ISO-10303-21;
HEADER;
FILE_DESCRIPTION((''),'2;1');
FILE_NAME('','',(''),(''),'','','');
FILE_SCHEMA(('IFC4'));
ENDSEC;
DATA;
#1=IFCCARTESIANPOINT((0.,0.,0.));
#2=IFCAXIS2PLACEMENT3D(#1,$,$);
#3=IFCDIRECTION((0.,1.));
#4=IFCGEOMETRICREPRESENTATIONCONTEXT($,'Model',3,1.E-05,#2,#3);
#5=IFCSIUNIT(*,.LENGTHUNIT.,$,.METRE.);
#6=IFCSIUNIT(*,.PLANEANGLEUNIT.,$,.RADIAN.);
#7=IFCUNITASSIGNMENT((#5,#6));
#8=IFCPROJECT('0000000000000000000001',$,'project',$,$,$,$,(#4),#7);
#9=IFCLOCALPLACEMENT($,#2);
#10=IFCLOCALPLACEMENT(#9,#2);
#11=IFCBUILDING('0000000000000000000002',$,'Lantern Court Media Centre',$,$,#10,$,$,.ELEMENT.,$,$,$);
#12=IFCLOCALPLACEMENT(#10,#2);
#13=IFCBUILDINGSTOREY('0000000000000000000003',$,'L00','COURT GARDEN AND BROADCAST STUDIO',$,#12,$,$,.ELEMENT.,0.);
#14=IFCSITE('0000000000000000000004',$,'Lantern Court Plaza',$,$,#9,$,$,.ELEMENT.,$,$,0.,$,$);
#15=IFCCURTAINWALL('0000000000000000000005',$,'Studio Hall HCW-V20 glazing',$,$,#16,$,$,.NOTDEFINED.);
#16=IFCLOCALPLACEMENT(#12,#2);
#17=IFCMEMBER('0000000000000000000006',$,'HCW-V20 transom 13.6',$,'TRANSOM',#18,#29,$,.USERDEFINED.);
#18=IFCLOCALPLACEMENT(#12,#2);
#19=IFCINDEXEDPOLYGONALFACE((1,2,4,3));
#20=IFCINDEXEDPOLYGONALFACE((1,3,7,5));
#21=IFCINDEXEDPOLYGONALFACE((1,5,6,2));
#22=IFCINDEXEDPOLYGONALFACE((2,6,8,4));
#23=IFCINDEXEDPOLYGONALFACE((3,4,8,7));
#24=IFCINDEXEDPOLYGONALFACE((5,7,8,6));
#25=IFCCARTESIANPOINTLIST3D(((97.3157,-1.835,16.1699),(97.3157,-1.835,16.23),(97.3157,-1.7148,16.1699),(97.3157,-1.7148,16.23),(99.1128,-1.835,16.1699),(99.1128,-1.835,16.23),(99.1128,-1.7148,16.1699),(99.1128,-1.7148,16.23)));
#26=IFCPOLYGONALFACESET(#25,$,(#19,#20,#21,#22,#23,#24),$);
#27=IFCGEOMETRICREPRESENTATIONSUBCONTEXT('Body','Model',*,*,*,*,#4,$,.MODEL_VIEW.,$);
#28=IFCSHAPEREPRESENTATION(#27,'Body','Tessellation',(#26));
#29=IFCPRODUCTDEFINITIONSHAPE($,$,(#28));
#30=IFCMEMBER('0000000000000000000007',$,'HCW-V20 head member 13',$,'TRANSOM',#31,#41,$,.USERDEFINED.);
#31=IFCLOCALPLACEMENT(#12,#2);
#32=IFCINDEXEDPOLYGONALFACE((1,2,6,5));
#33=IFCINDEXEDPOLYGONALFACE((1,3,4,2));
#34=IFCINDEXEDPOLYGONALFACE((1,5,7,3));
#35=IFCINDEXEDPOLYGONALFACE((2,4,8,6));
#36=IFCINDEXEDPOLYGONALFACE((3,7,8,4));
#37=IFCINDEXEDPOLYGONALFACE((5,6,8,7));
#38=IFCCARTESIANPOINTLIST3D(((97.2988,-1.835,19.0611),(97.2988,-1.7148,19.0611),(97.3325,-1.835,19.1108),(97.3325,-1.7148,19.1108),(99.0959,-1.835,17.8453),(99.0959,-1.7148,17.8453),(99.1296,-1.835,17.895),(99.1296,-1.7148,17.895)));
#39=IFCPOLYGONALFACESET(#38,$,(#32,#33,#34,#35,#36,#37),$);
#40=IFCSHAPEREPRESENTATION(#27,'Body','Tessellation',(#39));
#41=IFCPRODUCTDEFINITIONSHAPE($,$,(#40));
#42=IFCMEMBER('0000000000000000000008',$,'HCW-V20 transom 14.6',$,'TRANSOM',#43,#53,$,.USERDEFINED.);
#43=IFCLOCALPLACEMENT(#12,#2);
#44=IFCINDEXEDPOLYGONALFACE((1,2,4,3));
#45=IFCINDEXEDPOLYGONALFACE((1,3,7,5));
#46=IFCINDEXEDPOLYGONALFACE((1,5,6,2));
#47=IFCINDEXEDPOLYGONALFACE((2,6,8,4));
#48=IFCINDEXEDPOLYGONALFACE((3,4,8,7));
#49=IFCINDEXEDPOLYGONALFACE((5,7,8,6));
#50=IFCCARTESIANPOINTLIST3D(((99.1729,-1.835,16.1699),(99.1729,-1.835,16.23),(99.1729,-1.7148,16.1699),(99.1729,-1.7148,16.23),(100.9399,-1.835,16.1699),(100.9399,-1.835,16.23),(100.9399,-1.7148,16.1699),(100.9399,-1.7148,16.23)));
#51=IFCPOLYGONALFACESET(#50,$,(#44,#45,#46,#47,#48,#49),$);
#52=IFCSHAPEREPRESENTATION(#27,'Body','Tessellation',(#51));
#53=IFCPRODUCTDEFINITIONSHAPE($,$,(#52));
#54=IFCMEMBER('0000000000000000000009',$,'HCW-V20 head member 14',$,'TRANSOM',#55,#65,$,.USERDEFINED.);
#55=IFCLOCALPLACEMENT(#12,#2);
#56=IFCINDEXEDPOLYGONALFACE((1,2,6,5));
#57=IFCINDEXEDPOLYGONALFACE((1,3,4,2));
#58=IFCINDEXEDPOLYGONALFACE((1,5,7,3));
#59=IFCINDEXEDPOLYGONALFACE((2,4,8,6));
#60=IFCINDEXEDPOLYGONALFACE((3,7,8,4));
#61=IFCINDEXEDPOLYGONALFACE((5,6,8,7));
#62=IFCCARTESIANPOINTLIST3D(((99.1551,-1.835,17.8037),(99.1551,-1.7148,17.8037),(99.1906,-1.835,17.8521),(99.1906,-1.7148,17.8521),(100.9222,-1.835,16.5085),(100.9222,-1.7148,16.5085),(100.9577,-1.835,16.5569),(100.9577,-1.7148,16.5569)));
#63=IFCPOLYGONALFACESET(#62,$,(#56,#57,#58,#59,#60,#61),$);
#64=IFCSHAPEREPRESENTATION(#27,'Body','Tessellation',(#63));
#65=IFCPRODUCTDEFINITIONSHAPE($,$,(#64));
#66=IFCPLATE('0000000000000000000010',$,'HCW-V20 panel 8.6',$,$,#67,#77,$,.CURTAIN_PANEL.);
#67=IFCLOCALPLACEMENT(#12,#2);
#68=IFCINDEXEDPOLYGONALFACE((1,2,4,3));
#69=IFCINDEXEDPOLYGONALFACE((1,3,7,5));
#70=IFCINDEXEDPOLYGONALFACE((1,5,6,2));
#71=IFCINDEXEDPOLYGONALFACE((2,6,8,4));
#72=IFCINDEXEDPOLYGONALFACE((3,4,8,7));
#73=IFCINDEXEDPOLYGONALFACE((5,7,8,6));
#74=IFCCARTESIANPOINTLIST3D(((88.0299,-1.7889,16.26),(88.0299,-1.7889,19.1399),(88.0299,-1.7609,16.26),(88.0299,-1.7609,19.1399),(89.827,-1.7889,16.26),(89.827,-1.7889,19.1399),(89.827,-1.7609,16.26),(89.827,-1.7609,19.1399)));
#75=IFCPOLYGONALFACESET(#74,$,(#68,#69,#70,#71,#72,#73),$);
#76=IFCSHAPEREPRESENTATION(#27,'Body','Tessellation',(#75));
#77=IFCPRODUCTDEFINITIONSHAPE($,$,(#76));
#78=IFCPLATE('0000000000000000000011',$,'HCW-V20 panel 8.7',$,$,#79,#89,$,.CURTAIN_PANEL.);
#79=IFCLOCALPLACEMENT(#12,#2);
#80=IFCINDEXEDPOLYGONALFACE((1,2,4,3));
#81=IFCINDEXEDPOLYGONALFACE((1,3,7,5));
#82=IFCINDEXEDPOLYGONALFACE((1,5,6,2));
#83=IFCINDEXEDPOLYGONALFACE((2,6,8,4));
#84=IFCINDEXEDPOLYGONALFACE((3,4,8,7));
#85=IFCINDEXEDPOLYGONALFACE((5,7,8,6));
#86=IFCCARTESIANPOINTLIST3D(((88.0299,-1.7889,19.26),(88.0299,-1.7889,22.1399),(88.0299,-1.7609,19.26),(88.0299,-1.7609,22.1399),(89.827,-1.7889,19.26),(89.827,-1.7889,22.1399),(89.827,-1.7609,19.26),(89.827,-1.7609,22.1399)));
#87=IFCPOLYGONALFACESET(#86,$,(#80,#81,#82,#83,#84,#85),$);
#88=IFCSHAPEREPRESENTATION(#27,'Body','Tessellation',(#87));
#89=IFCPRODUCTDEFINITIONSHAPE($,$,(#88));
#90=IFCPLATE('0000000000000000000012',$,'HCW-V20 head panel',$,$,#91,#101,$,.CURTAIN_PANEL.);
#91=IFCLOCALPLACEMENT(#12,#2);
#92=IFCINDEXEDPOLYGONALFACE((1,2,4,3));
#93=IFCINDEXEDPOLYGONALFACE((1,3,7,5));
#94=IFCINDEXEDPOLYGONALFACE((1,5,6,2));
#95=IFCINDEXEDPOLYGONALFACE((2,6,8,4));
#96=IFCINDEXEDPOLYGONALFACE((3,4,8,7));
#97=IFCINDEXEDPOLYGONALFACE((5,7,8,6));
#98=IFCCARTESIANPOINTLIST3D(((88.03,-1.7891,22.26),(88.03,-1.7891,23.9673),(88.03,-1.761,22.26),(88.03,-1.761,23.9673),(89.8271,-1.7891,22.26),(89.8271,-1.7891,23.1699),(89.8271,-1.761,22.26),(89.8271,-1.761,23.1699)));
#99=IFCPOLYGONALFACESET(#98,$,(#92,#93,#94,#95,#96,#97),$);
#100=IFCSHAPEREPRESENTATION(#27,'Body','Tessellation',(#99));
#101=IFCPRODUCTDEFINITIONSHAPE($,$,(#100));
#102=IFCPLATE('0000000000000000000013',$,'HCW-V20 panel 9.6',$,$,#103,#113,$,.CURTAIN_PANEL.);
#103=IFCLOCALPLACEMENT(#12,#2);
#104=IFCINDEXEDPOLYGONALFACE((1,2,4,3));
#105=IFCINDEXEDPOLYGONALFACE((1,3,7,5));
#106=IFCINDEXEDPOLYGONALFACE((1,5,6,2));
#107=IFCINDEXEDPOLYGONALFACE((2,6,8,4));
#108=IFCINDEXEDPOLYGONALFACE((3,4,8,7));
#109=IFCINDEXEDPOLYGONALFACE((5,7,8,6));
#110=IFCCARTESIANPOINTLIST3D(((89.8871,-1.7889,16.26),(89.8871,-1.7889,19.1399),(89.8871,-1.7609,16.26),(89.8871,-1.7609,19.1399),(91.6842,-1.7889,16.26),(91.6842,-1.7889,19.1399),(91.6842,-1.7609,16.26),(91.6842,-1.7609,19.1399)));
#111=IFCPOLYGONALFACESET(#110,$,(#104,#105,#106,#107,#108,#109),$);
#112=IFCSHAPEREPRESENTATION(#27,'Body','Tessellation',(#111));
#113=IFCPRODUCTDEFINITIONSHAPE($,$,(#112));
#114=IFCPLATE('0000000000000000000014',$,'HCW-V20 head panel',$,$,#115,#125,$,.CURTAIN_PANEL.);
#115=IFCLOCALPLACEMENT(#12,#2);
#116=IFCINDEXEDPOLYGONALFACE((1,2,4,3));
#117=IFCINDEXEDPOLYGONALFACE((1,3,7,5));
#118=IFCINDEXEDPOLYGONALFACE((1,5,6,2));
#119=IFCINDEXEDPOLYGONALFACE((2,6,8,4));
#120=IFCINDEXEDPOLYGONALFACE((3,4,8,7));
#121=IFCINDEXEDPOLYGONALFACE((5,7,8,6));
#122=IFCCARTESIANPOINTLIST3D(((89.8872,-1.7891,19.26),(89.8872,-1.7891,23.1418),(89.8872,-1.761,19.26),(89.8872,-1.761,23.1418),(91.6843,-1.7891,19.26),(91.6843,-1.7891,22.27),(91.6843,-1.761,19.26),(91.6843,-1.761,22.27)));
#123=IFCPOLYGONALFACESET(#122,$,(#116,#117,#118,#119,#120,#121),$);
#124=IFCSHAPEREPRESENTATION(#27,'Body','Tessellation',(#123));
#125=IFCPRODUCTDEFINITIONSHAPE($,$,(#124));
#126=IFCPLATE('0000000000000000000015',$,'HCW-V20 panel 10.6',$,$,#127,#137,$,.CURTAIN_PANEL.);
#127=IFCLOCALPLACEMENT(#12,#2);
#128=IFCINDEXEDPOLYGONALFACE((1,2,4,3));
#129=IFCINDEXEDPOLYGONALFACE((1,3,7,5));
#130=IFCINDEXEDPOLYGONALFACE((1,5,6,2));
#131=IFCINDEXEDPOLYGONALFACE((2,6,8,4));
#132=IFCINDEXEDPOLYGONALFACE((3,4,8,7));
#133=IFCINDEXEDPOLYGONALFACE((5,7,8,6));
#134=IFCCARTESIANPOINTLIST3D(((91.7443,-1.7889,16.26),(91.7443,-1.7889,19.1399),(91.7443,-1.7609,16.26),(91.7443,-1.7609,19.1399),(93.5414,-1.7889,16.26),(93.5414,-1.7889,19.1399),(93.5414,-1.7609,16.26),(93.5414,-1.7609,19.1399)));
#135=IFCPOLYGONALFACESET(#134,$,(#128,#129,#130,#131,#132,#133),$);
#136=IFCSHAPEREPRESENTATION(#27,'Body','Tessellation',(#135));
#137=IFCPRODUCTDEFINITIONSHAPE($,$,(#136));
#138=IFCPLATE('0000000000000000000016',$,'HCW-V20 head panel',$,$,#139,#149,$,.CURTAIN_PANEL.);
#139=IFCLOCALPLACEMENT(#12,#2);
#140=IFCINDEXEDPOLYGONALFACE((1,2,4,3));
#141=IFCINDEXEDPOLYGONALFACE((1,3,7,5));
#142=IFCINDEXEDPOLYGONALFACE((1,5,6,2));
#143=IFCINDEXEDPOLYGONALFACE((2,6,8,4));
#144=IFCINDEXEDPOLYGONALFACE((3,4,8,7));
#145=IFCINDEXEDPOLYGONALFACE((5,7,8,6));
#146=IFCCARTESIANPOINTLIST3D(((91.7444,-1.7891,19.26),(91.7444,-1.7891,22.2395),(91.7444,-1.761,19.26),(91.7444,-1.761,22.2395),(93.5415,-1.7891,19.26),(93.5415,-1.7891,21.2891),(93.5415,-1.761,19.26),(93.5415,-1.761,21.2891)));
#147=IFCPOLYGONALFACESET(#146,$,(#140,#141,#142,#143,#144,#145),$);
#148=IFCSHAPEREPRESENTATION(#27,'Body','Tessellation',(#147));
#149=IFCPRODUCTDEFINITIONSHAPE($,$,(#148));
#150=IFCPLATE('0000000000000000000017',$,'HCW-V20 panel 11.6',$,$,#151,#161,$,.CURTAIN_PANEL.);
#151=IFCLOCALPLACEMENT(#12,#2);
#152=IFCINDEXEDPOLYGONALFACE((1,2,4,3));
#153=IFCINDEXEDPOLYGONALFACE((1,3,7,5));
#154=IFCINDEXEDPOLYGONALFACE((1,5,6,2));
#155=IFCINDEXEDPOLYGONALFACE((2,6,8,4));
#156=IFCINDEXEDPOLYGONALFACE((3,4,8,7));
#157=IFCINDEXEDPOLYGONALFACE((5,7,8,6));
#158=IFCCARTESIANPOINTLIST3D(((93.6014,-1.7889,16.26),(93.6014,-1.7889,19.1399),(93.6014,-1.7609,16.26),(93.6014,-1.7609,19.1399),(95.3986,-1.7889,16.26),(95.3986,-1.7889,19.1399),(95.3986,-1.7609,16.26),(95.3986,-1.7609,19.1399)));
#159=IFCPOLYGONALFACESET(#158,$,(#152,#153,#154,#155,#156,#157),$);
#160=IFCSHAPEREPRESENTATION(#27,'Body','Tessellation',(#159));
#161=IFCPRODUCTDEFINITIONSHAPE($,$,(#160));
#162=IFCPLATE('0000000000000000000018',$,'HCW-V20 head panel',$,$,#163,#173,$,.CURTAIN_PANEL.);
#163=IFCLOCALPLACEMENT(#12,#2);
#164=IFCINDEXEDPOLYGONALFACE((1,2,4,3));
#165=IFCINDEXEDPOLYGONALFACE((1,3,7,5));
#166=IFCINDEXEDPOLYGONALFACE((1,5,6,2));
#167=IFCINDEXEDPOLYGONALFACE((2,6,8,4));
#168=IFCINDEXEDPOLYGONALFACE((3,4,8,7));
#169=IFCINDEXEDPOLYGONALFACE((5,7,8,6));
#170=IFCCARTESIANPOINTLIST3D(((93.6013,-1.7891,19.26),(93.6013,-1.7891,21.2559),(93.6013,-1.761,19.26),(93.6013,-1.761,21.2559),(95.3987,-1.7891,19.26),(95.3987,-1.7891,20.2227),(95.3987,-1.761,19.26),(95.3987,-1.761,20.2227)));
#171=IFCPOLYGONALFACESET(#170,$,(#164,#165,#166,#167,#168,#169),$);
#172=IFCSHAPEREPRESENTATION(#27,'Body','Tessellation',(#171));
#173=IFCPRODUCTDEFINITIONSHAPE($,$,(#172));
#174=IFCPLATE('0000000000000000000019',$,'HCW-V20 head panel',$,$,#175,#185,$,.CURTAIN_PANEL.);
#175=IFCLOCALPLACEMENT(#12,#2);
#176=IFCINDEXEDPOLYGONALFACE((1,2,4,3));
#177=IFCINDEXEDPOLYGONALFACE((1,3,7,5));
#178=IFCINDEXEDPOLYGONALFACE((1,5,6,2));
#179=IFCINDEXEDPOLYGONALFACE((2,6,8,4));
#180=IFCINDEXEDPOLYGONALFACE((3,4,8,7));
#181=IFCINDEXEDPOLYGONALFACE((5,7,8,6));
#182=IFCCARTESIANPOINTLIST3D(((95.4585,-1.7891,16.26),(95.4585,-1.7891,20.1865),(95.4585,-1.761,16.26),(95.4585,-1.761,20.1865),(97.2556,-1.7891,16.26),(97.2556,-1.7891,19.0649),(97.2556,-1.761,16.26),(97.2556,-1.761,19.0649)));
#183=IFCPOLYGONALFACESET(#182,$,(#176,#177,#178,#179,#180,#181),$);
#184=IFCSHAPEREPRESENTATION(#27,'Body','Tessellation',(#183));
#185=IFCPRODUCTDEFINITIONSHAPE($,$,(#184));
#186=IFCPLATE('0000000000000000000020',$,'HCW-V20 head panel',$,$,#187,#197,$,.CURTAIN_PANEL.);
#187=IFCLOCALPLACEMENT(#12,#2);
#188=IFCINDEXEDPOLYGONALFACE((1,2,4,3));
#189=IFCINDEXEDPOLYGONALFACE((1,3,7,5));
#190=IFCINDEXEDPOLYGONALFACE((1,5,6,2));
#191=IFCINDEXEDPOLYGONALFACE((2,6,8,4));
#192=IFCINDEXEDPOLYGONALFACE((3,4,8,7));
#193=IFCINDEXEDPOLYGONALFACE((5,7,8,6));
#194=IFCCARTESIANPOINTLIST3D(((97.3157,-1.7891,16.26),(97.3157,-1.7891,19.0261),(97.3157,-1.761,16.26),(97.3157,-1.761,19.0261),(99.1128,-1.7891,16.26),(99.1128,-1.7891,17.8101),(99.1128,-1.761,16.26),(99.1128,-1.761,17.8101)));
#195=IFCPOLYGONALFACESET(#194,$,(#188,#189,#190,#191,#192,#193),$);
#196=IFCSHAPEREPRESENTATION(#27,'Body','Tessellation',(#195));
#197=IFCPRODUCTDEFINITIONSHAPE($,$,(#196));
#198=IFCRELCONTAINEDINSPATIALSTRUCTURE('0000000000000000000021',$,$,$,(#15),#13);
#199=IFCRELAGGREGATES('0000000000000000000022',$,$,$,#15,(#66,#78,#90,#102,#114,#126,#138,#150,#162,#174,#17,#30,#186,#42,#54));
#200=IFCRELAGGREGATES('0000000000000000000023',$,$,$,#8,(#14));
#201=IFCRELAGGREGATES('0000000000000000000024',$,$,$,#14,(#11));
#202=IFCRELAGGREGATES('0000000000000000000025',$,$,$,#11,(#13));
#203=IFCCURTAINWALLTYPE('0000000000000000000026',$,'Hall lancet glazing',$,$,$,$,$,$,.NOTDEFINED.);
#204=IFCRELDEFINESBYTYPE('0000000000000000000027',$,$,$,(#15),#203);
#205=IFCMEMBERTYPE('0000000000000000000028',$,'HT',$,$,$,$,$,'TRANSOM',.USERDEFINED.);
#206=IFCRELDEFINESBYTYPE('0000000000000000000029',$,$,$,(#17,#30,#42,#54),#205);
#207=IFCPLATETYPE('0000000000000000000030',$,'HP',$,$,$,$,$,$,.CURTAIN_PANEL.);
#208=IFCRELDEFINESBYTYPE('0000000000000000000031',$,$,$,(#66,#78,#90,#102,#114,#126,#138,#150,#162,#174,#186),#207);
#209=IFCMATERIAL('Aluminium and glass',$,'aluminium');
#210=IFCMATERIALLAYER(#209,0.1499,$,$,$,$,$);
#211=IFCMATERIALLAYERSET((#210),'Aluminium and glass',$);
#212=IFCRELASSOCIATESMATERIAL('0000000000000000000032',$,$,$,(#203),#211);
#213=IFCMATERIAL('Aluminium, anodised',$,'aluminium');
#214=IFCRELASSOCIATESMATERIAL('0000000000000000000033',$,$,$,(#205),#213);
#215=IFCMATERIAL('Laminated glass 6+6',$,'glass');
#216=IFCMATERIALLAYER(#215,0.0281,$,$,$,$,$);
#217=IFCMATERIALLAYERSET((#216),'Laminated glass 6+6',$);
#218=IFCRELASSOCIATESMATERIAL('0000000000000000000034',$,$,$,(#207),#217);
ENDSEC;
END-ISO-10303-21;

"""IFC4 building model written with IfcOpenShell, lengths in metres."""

from ifc_helpers import new_model, si_unit, direction, frame, origin, origin_2d, place, context, subcontext, project, spatial, polyline, rectangle, outline, extrude, material, layer, layer_set, material_profile, profile_set, type_object, element, aggregate, save


model = new_model("IFC4")

# Units and contexts
model_context = context("Model", 3, precision=1e-05, world=origin(), true_north=direction((0.0, 1.0)))
body_context = subcontext(model_context, "Body", "Model", "MODEL_VIEW")
ifc_project = project(units=[si_unit("LENGTHUNIT", "METRE"), si_unit("PLANEANGLEUNIT", "RADIAN")], contexts=[model_context])

# Site, building, storey
site_placement = place(None, origin())
site = spatial("IfcSite", under=ifc_project, at=site_placement, Name="Lantern Court Plaza", CompositionType="ELEMENT", RefElevation=0.0)
building_placement = place(site_placement, origin())
building = spatial("IfcBuilding", under=site, at=building_placement, Name="Lantern Court Media Centre", CompositionType="ELEMENT")
storey_placement = place(building_placement, origin())
storey = spatial("IfcBuildingStorey", under=building, at=storey_placement, Name="L00", Description="COURT GARDEN AND BROADCAST STUDIO", CompositionType="ELEMENT", Elevation=0.0)

# Curtain wall, members, plates
ifc_material_1 = material(Name="Aluminium and glass", Category="aluminium")
ifc_layer_1 = layer(ifc_material_1, 0.1499)
ifc_layer_set_1 = layer_set([ifc_layer_1], Name="Aluminium and glass")
curtain_wall_type = type_object("IfcCurtainWallType", Name="Hall lancet glazing", PredefinedType="NOTDEFINED", material=ifc_layer_set_1)
curtain_wall_placement = place(storey_placement, origin())
curtain_wall = element("IfcCurtainWall", 1, at=curtain_wall_placement, inside=storey, type_object=curtain_wall_type, Name="Studio Hall HCW-V20 glazing", PredefinedType="NOTDEFINED")
ifc_material_2 = material(Name="Aluminium, anodised", Category="aluminium")
ifc_material_profile = material_profile(ifc_material_2, rectangle(XDim=0.1201, YDim=0.0601, at=origin_2d()), Name="HT")
ifc_profile_set = profile_set([ifc_material_profile], Name="Aluminium, anodised")
member_type = type_object("IfcMemberType", Name="HT", ElementType="TRANSOM", PredefinedType="USERDEFINED", material=ifc_profile_set)
member_1_placement = place(storey_placement, frame((97.3157, -1.7749, 16.2), z_axis=(1.0, 0.0, 0.0), x_axis=(0.0, 1.0, 0.0)))
member_1 = element("IfcMember", 2, at=member_1_placement, type_object=member_type, Name="HCW-V20 transom 13.6", ObjectType="TRANSOM", PredefinedType="USERDEFINED", context=body_context, shape_type="SweptSolid", body=[
    extrude(rectangle(XDim=0.1201, YDim=0.0601, at=origin_2d()), origin(), (0.0, 0.0, 1.0), 1.7971),
])
member_2_placement = place(storey_placement, frame((97.3157, -1.7749, 19.0859), z_axis=(0.828257, 0.0, -0.560348), x_axis=(0.0, 1.0, 0.0)))
member_2 = element("IfcMember", 3, at=member_2_placement, type_object=member_type, Name="HCW-V20 head member 13", ObjectType="TRANSOM", PredefinedType="USERDEFINED", context=body_context, shape_type="SweptSolid", body=[
    extrude(rectangle(XDim=0.1201, YDim=0.0601, at=origin_2d()), origin(), (0.0, 0.0, 1.0), 2.1697),
])
member_3_placement = place(storey_placement, frame((99.1729, -1.7749, 16.2), z_axis=(1.0, 0.0, 0.0), x_axis=(0.0, 1.0, 0.0)))
member_3 = element("IfcMember", 4, at=member_3_placement, type_object=member_type, Name="HCW-V20 transom 14.6", ObjectType="TRANSOM", PredefinedType="USERDEFINED", context=body_context, shape_type="SweptSolid", body=[
    extrude(rectangle(XDim=0.1201, YDim=0.0601, at=origin_2d()), origin(), (0.0, 0.0, 1.0), 1.7671),
])
member_4_placement = place(storey_placement, frame((99.1729, -1.7749, 17.8279), z_axis=(0.806557, 0.0, -0.591156), x_axis=(0.0, 1.0, 0.0)))
member_4 = element("IfcMember", 5, at=member_4_placement, type_object=member_type, Name="HCW-V20 head member 14", ObjectType="TRANSOM", PredefinedType="USERDEFINED", context=body_context, shape_type="SweptSolid", body=[
    extrude(rectangle(XDim=0.1201, YDim=0.0601, at=origin_2d()), origin(), (0.0, 0.0, 1.0), 2.1909),
])
ifc_material_3 = material(Name="Laminated glass 6+6", Category="glass")
ifc_layer_2 = layer(ifc_material_3, 0.0281)
ifc_layer_set_2 = layer_set([ifc_layer_2], Name="Laminated glass 6+6")
plate_type = type_object("IfcPlateType", Name="HP", PredefinedType="CURTAIN_PANEL", material=ifc_layer_set_2)
plate_1_placement = place(storey_placement, frame((88.9285, -1.7749, 16.26), z_axis=(0.0, 0.0, 1.0), x_axis=(1.0, 0.0, 0.0)))
plate_1 = element("IfcPlate", 6, at=plate_1_placement, type_object=plate_type, Name="HCW-V20 panel 8.6", PredefinedType="CURTAIN_PANEL", context=body_context, shape_type="SweptSolid", body=[
    extrude(rectangle(XDim=1.7971, YDim=0.0281, at=origin_2d()), origin(), (0.0, 0.0, 1.0), 2.8799),
])
plate_2_placement = place(storey_placement, frame((88.9285, -1.7749, 19.26), z_axis=(0.0, 0.0, 1.0), x_axis=(1.0, 0.0, 0.0)))
plate_2 = element("IfcPlate", 7, at=plate_2_placement, type_object=plate_type, Name="HCW-V20 panel 8.7", PredefinedType="CURTAIN_PANEL", context=body_context, shape_type="SweptSolid", body=[
    extrude(rectangle(XDim=1.7971, YDim=0.0281, at=origin_2d()), origin(), (0.0, 0.0, 1.0), 2.8799),
])
plate_3_placement = place(storey_placement, frame((88.03, -1.7891, 22.26), z_axis=(0.0, -1.0, 0.0), x_axis=(1.0, 0.0, 0.0)))
plate_3 = element("IfcPlate", 8, at=plate_3_placement, type_object=plate_type, Name="HCW-V20 head panel", PredefinedType="CURTAIN_PANEL", context=body_context, shape_type="SweptSolid", body=[
    extrude(outline(polyline([(0.0, 0.0), (1.7971, 0.0), (1.7971, 0.9099), (0.0, 1.7073), (0.0, 0.0)])), origin(), (0.0, 0.0, -1.0), 0.0281),
])
plate_4_placement = place(storey_placement, frame((90.7856, -1.7749, 16.26), z_axis=(0.0, 0.0, 1.0), x_axis=(1.0, 0.0, 0.0)))
plate_4 = element("IfcPlate", 9, at=plate_4_placement, type_object=plate_type, Name="HCW-V20 panel 9.6", PredefinedType="CURTAIN_PANEL", context=body_context, shape_type="SweptSolid", body=[
    extrude(rectangle(XDim=1.7971, YDim=0.0281, at=origin_2d()), origin(), (0.0, 0.0, 1.0), 2.8799),
])
plate_5_placement = place(storey_placement, frame((89.8872, -1.7891, 19.26), z_axis=(0.0, -1.0, 0.0), x_axis=(1.0, 0.0, 0.0)))
plate_5 = element("IfcPlate", 10, at=plate_5_placement, type_object=plate_type, Name="HCW-V20 head panel", PredefinedType="CURTAIN_PANEL", context=body_context, shape_type="SweptSolid", body=[
    extrude(outline(polyline([(0.0, 0.0), (1.7971, 0.0), (1.7971, 3.01), (0.0, 3.8818), (0.0, 0.0)])), origin(), (0.0, 0.0, -1.0), 0.0281),
])
plate_6_placement = place(storey_placement, frame((92.6428, -1.7749, 16.26), z_axis=(0.0, 0.0, 1.0), x_axis=(1.0, 0.0, 0.0)))
plate_6 = element("IfcPlate", 11, at=plate_6_placement, type_object=plate_type, Name="HCW-V20 panel 10.6", PredefinedType="CURTAIN_PANEL", context=body_context, shape_type="SweptSolid", body=[
    extrude(rectangle(XDim=1.7971, YDim=0.0281, at=origin_2d()), origin(), (0.0, 0.0, 1.0), 2.8799),
])
plate_7_placement = place(storey_placement, frame((91.7444, -1.7891, 19.26), z_axis=(0.0, -1.0, 0.0), x_axis=(1.0, 0.0, 0.0)))
plate_7 = element("IfcPlate", 12, at=plate_7_placement, type_object=plate_type, Name="HCW-V20 head panel", PredefinedType="CURTAIN_PANEL", context=body_context, shape_type="SweptSolid", body=[
    extrude(outline(polyline([(0.0, 0.0), (1.7971, 0.0), (1.7971, 2.0291), (0.0, 2.9795), (0.0, 0.0)])), origin(), (0.0, 0.0, -1.0), 0.0281),
])
plate_8_placement = place(storey_placement, frame((94.5, -1.7749, 16.26), z_axis=(0.0, 0.0, 1.0), x_axis=(1.0, 0.0, 0.0)))
plate_8 = element("IfcPlate", 13, at=plate_8_placement, type_object=plate_type, Name="HCW-V20 panel 11.6", PredefinedType="CURTAIN_PANEL", context=body_context, shape_type="SweptSolid", body=[
    extrude(rectangle(XDim=1.7971, YDim=0.0281, at=origin_2d()), origin(), (0.0, 0.0, 1.0), 2.8799),
])
plate_9_placement = place(storey_placement, frame((93.6013, -1.7891, 19.26), z_axis=(0.0, -1.0, 0.0), x_axis=(1.0, 0.0, 0.0)))
plate_9 = element("IfcPlate", 14, at=plate_9_placement, type_object=plate_type, Name="HCW-V20 head panel", PredefinedType="CURTAIN_PANEL", context=body_context, shape_type="SweptSolid", body=[
    extrude(outline(polyline([(0.0, 0.0), (1.7974, 0.0), (1.7974, 0.9626), (0.0, 1.9958), (0.0, 0.0)])), origin(), (0.0, 0.0, -1.0), 0.0281),
])
plate_10_placement = place(storey_placement, frame((95.4585, -1.7891, 16.26), z_axis=(0.0, -1.0, 0.0), x_axis=(1.0, 0.0, 0.0)))
plate_10 = element("IfcPlate", 15, at=plate_10_placement, type_object=plate_type, Name="HCW-V20 head panel", PredefinedType="CURTAIN_PANEL", context=body_context, shape_type="SweptSolid", body=[
    extrude(outline(polyline([(0.0, 0.0), (1.7971, 0.0), (1.7971, 2.8049), (0.0, 3.9265), (0.0, 0.0)])), origin(), (0.0, 0.0, -1.0), 0.0281),
])
plate_11_placement = place(storey_placement, frame((97.3157, -1.7891, 16.26), z_axis=(0.0, -1.0, 0.0), x_axis=(1.0, 0.0, 0.0)))
plate_11 = element("IfcPlate", 16, at=plate_11_placement, type_object=plate_type, Name="HCW-V20 head panel", PredefinedType="CURTAIN_PANEL", context=body_context, shape_type="SweptSolid", body=[
    extrude(outline(polyline([(0.0, 0.0), (1.7971, 0.0), (1.7971, 1.55), (0.0, 2.7661), (0.0, 0.0)])), origin(), (0.0, 0.0, -1.0), 0.0281),
])
aggregate(curtain_wall, [plate_1, plate_2, plate_3, plate_4, plate_5, plate_6, plate_7, plate_8, plate_9, plate_10, member_1, member_2, plate_11, member_3, member_4])

save(model, "model.ifc")
